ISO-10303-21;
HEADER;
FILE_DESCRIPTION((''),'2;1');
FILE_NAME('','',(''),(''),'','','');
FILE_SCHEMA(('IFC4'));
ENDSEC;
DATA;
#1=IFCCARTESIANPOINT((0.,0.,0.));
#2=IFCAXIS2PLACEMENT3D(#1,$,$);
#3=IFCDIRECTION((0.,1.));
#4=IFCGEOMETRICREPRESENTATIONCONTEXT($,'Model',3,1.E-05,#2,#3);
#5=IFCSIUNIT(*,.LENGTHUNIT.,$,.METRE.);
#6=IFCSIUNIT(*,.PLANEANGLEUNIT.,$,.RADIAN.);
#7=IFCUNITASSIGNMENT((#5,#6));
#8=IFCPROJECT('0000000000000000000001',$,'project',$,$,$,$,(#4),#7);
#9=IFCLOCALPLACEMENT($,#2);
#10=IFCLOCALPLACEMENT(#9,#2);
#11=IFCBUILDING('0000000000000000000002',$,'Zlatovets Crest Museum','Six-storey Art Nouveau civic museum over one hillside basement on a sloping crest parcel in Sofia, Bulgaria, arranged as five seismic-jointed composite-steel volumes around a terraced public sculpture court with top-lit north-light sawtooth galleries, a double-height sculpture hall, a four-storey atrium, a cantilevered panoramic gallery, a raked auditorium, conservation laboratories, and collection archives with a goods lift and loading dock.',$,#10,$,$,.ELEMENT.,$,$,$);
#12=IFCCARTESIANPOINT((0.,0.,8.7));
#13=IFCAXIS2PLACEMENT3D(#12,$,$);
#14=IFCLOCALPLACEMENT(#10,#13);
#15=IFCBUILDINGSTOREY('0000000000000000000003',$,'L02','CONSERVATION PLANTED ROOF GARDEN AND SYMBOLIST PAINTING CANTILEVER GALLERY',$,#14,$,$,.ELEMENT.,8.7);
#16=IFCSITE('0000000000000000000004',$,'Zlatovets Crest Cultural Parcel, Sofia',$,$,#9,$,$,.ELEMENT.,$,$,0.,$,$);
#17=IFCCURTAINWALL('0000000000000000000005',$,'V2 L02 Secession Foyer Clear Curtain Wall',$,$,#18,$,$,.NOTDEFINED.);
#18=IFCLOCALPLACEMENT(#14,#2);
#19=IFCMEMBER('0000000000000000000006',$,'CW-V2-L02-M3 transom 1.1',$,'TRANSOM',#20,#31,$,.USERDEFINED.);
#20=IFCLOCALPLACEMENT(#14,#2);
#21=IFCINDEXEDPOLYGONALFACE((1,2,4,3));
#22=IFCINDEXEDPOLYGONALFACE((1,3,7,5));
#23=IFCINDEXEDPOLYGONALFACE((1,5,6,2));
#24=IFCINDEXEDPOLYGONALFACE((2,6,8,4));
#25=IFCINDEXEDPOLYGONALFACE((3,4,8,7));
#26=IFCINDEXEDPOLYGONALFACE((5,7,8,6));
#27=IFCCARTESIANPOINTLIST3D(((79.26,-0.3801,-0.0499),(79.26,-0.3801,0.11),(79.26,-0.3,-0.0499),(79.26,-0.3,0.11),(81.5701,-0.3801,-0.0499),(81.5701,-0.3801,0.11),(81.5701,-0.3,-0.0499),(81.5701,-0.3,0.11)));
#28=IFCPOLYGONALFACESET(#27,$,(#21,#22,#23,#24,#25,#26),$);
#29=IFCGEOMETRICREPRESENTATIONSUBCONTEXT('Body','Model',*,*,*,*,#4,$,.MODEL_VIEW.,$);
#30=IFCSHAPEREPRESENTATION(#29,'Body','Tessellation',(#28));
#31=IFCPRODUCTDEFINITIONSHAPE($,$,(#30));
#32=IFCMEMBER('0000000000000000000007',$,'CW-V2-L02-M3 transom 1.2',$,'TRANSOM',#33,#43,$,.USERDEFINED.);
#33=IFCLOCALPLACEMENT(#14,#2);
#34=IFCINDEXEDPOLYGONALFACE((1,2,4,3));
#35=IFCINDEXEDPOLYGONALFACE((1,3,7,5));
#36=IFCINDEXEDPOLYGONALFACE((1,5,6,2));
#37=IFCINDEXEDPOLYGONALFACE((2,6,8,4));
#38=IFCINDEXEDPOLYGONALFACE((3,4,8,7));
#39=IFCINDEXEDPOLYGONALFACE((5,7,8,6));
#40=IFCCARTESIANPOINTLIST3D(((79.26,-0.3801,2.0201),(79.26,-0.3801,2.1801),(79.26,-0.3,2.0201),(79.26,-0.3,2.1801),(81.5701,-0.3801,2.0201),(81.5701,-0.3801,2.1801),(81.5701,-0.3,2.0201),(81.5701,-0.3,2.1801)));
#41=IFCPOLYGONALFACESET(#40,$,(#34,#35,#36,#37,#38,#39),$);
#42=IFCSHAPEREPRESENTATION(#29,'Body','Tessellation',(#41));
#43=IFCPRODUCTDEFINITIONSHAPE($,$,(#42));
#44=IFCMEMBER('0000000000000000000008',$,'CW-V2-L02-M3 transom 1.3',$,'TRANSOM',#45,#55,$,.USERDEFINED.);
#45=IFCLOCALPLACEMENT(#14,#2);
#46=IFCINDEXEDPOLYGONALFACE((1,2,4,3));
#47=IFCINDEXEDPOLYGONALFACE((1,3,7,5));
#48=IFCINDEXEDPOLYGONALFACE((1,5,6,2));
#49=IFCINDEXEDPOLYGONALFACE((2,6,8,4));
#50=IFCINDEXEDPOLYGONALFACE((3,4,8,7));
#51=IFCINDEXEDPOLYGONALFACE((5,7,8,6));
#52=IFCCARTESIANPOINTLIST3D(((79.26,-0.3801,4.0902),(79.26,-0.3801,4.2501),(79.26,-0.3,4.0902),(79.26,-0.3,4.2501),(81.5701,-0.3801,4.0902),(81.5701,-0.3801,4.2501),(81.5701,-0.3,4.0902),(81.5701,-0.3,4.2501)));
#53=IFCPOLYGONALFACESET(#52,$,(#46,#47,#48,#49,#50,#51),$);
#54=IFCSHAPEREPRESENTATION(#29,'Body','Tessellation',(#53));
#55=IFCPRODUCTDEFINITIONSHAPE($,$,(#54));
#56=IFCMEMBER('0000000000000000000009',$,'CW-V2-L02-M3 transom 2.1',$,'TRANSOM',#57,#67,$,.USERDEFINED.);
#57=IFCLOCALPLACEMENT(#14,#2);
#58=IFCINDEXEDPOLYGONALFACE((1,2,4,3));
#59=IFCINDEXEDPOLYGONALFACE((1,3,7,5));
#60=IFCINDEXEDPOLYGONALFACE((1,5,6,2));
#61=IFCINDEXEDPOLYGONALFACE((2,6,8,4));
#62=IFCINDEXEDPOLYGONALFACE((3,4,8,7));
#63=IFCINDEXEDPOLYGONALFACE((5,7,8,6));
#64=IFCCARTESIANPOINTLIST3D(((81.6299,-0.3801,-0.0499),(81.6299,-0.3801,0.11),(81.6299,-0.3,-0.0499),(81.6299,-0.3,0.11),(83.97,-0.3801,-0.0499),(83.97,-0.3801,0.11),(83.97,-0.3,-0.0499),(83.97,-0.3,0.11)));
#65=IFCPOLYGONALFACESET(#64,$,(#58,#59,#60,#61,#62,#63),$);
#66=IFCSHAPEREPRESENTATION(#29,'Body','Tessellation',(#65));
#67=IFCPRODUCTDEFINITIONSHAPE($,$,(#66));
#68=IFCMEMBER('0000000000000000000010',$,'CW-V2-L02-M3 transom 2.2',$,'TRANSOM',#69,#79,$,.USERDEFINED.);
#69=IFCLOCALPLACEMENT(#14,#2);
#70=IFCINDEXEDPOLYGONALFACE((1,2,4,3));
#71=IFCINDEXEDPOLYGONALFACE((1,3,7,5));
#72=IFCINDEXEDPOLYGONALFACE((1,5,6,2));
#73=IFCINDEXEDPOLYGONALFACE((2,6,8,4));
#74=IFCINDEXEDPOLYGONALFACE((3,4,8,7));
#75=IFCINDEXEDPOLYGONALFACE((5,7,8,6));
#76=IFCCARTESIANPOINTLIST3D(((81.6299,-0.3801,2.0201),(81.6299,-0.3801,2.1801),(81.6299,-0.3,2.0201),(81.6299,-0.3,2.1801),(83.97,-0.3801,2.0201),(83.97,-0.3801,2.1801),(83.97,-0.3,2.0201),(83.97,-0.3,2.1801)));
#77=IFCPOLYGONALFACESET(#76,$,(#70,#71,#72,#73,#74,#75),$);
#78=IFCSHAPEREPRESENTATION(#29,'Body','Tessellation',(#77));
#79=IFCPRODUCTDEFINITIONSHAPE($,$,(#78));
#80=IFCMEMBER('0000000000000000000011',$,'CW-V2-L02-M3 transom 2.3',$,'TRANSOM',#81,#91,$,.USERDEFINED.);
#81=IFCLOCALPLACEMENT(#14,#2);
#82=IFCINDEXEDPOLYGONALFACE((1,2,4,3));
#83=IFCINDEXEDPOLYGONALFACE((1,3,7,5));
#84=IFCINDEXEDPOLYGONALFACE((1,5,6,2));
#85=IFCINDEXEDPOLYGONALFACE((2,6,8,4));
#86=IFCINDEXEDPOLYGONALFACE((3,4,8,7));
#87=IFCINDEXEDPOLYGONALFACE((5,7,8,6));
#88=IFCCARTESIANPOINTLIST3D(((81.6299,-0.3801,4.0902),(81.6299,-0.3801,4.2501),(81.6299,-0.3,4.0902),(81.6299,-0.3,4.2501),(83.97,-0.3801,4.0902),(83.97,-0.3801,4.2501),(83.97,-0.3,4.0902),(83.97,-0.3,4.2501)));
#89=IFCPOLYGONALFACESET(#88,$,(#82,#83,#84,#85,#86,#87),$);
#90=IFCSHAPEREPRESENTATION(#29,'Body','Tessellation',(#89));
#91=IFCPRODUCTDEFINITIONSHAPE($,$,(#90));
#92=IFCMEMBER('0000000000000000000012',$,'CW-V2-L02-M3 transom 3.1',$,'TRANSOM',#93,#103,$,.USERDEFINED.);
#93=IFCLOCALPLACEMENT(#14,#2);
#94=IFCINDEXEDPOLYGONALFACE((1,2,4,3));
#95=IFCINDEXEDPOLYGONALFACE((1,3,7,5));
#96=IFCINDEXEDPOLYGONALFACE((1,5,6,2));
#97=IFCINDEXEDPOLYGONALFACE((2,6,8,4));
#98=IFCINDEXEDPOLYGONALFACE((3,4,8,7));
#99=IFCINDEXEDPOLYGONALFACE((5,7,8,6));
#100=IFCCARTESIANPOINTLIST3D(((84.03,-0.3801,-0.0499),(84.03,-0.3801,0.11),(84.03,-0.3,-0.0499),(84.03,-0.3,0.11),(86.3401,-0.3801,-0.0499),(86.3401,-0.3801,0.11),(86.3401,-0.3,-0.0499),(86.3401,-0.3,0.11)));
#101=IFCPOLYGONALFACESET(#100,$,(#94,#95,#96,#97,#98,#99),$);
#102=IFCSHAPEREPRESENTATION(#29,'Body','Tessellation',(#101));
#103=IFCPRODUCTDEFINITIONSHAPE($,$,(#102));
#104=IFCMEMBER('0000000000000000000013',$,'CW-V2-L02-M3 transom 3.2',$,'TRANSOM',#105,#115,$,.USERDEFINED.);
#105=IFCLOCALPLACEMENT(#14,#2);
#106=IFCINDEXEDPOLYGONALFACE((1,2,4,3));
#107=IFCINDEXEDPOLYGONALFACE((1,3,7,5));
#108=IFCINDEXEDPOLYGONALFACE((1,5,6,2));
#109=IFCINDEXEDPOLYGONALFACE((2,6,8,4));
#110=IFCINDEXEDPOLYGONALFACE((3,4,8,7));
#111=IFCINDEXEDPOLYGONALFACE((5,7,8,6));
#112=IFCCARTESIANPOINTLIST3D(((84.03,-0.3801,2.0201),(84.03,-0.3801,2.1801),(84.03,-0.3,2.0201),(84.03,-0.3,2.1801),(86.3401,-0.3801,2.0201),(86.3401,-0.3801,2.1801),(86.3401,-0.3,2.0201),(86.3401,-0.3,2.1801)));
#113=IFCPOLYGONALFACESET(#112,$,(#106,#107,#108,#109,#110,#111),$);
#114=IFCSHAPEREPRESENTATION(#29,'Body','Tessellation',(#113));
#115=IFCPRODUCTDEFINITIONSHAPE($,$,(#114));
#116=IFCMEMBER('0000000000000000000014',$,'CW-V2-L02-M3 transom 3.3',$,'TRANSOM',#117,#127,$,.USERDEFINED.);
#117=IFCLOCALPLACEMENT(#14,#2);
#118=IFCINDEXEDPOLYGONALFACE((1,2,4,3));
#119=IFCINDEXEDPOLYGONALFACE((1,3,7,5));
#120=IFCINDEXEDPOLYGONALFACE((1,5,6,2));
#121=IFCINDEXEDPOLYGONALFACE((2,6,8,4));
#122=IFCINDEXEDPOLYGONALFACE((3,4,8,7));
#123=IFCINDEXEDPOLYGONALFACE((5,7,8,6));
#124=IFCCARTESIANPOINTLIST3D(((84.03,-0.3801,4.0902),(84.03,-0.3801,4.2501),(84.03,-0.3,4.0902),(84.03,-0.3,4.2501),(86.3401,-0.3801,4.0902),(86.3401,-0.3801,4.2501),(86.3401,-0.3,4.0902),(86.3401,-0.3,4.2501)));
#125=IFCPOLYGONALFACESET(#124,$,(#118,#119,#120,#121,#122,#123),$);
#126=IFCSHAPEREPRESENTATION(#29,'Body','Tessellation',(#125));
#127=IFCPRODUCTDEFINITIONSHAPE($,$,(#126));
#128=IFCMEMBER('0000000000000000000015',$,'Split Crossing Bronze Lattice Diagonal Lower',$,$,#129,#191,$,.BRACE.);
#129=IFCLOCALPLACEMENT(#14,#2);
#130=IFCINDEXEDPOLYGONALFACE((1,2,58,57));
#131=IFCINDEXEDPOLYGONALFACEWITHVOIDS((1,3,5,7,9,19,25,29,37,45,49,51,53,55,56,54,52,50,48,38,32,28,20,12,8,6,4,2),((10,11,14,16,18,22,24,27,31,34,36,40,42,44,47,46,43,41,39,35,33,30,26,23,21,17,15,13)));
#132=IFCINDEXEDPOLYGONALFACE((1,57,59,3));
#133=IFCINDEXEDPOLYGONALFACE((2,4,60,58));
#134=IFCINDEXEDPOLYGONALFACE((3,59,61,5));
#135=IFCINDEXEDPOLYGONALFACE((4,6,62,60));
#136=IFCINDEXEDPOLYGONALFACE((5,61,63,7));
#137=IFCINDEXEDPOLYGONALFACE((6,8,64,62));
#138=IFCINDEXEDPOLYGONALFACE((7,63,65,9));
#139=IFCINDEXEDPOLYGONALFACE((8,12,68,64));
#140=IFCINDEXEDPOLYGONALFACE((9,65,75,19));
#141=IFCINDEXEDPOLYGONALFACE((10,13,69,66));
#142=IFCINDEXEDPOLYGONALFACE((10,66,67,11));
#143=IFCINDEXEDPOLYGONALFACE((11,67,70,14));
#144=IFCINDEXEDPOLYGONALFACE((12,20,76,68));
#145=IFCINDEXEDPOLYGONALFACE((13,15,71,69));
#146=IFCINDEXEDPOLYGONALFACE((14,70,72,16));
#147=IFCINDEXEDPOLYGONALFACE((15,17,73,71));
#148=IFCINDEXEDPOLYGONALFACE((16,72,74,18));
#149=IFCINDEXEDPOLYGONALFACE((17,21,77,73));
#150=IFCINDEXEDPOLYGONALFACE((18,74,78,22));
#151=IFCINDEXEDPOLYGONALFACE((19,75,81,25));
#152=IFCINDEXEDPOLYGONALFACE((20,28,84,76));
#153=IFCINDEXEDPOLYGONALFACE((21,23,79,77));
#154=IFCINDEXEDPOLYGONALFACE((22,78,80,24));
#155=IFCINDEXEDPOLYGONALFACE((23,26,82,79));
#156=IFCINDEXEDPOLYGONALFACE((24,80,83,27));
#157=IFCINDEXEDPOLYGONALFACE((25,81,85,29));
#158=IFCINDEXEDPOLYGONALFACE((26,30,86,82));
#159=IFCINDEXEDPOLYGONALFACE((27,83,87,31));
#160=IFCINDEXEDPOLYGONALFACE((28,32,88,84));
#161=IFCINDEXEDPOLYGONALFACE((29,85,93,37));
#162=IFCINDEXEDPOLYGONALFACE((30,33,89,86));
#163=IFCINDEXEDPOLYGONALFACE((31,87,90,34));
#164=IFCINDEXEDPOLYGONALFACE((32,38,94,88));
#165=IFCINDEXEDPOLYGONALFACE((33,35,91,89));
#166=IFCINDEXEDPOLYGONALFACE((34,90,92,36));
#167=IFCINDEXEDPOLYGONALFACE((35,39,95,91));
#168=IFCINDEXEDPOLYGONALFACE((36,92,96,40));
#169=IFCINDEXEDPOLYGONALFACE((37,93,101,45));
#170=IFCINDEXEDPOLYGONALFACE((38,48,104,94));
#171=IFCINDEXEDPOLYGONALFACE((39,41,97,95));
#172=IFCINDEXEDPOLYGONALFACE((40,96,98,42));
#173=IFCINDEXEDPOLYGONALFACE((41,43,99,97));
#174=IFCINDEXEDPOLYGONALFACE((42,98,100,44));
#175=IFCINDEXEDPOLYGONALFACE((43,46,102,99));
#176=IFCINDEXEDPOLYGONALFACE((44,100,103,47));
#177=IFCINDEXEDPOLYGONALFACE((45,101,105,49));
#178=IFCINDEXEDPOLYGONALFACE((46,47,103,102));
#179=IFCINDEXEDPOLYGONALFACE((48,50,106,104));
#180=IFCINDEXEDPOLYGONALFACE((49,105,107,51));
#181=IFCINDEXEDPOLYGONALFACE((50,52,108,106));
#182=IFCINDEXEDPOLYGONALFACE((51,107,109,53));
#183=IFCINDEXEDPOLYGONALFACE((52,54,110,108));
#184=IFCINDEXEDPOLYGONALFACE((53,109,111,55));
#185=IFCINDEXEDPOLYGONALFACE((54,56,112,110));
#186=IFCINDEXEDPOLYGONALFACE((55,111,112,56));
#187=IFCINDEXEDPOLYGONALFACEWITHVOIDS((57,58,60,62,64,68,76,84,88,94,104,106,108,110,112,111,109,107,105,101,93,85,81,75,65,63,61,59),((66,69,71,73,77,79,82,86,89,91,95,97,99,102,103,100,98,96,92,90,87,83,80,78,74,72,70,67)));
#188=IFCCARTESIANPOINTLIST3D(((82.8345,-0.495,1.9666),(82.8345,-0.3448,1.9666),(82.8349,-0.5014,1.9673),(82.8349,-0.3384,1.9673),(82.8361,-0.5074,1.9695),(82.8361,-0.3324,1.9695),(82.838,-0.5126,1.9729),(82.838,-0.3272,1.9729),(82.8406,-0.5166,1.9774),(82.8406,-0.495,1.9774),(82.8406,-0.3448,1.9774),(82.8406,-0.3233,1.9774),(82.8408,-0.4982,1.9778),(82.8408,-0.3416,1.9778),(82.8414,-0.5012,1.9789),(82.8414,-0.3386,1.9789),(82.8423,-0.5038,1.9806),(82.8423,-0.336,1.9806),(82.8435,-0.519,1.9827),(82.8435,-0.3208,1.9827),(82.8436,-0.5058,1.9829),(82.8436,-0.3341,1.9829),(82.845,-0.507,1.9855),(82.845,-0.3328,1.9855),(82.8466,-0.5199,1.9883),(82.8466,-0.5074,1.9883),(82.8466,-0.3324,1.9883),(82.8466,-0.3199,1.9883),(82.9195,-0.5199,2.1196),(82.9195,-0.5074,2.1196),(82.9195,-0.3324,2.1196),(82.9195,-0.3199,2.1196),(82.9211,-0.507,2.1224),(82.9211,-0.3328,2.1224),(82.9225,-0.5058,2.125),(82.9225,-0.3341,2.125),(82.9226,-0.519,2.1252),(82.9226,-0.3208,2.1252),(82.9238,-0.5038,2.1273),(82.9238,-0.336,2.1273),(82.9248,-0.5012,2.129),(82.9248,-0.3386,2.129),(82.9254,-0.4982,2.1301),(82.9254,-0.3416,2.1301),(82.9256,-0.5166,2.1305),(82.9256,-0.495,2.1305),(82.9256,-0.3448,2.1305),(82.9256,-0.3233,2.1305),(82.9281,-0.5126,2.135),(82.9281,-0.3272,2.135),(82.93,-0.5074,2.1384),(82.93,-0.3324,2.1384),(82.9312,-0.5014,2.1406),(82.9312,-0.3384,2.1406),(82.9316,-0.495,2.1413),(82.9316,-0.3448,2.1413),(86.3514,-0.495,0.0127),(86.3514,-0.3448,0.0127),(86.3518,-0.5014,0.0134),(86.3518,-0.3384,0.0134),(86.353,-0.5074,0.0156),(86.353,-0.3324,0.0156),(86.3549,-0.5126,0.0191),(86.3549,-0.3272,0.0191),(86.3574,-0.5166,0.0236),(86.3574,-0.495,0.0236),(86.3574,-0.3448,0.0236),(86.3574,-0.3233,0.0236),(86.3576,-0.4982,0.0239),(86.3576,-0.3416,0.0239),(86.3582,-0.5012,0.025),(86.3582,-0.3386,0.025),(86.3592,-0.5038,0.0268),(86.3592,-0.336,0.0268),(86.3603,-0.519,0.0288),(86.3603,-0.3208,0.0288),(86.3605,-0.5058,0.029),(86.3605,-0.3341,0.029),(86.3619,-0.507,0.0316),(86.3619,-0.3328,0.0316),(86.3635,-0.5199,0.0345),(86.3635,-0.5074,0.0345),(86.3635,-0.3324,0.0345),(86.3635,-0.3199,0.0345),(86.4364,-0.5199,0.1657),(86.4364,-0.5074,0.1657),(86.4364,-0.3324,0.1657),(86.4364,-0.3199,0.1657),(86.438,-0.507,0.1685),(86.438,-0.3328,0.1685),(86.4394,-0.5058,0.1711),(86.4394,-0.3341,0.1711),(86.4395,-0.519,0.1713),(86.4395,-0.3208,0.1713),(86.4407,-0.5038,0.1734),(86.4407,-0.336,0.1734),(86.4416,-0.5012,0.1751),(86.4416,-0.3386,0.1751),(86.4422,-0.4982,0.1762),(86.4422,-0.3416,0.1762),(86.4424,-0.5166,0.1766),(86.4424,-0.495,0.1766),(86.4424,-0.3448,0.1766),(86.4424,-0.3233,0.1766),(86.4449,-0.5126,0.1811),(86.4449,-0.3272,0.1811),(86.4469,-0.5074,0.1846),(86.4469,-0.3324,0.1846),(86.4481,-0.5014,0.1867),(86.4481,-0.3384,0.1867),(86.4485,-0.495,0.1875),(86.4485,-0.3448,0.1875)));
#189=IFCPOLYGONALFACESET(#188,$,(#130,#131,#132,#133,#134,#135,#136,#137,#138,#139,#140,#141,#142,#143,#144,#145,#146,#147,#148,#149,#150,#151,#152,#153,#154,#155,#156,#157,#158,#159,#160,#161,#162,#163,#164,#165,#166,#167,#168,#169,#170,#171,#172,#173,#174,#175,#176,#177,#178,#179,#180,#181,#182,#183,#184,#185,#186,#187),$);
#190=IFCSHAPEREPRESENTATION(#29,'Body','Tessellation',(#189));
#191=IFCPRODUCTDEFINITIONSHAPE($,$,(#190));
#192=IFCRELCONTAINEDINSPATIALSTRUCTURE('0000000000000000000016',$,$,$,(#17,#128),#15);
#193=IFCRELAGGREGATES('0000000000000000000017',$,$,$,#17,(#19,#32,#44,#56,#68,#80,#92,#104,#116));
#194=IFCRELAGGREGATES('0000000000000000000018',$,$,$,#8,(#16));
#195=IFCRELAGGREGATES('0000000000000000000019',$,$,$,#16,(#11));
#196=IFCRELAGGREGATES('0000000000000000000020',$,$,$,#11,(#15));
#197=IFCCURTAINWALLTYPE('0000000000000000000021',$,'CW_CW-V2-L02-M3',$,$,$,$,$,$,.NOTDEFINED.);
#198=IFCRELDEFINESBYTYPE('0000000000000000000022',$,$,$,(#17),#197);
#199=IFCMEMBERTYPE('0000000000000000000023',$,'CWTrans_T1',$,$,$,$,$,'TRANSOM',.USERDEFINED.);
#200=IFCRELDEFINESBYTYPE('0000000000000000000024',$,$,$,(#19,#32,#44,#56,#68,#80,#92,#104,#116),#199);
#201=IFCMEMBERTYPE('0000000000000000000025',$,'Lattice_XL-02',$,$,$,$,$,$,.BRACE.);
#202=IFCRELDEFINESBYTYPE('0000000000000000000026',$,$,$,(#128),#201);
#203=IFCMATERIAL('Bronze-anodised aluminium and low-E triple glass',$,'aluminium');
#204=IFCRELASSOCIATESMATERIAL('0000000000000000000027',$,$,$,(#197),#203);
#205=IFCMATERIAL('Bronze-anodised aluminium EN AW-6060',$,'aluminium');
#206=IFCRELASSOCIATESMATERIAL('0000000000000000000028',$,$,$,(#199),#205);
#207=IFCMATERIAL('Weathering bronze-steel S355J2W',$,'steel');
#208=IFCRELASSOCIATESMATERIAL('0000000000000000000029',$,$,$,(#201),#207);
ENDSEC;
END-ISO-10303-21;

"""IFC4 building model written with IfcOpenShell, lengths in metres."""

from ifc_helpers import new_model, si_unit, direction, frame, origin, origin_2d, place, context, subcontext, project, spatial, rectangle, hollow_rectangle, extrude, material, material_profile, profile_set, type_object, element, aggregate, save


model = new_model("IFC4")

# Units and contexts
model_context = context("Model", 3, precision=1e-05, world=origin(), true_north=direction((0.0, 1.0)))
body_context = subcontext(model_context, "Body", "Model", "MODEL_VIEW")
ifc_project = project(units=[si_unit("LENGTHUNIT", "METRE"), si_unit("PLANEANGLEUNIT", "RADIAN")], contexts=[model_context])

# Site, building, storey
site_placement = place(None, origin())
site = spatial("IfcSite", under=ifc_project, at=site_placement, Name="Zlatovets Crest Cultural Parcel, Sofia", CompositionType="ELEMENT", RefElevation=0.0)
building_placement = place(site_placement, origin())
building = spatial("IfcBuilding", under=site, at=building_placement, Name="Zlatovets Crest Museum", Description="Six-storey Art Nouveau civic museum over one hillside basement on a sloping crest parcel in Sofia, Bulgaria, arranged as five seismic-jointed composite-steel volumes around a terraced public sculpture court with top-lit north-light sawtooth galleries, a double-height sculpture hall, a four-storey atrium, a cantilevered panoramic gallery, a raked auditorium, conservation laboratories, and collection archives with a goods lift and loading dock.", CompositionType="ELEMENT")
storey_placement = place(building_placement, frame((0.0, 0.0, 8.7)))
storey = spatial("IfcBuildingStorey", under=building, at=storey_placement, Name="L02", Description="CONSERVATION PLANTED ROOF GARDEN AND SYMBOLIST PAINTING CANTILEVER GALLERY", CompositionType="ELEMENT", Elevation=8.7)

# Curtain wall, members
ifc_material_1 = material(Name="Bronze-anodised aluminium and low-E triple glass", Category="aluminium")
curtain_wall_type = type_object("IfcCurtainWallType", Name="CW_CW-V2-L02-M3", PredefinedType="NOTDEFINED", material=ifc_material_1)
curtain_wall_placement = place(storey_placement, origin())
curtain_wall = element("IfcCurtainWall", 1, at=curtain_wall_placement, inside=storey, type_object=curtain_wall_type, Name="V2 L02 Secession Foyer Clear Curtain Wall", PredefinedType="NOTDEFINED")
ifc_material_2 = material(Name="Bronze-anodised aluminium EN AW-6060", Category="aluminium")
ifc_material_profile_1 = material_profile(ifc_material_2, rectangle(XDim=0.0801, YDim=0.1599, at=origin_2d()), Name="ALU 80x160")
ifc_profile_set_1 = profile_set([ifc_material_profile_1], Name="Bronze-anodised aluminium EN AW-6060")
member_type_1 = type_object("IfcMemberType", Name="CWTrans_T1", ElementType="TRANSOM", PredefinedType="USERDEFINED", material=ifc_profile_set_1)
member_1_placement = place(storey_placement, frame((79.26, -0.3401, 0.03), z_axis=(1.0, 0.0, 0.0), x_axis=(0.0, 1.0, 0.0)))
member_1 = element("IfcMember", 2, at=member_1_placement, type_object=member_type_1, Name="CW-V2-L02-M3 transom 1.1", ObjectType="TRANSOM", PredefinedType="USERDEFINED", context=body_context, shape_type="SweptSolid", body=[
    extrude(rectangle(XDim=0.0801, YDim=0.1599, at=origin_2d()), origin(), (0.0, 0.0, 1.0), 2.3101),
])
member_2_placement = place(storey_placement, frame((79.26, -0.3401, 2.1001), z_axis=(1.0, 0.0, 0.0), x_axis=(0.0, 1.0, 0.0)))
member_2 = element("IfcMember", 3, at=member_2_placement, type_object=member_type_1, Name="CW-V2-L02-M3 transom 1.2", ObjectType="TRANSOM", PredefinedType="USERDEFINED", context=body_context, shape_type="SweptSolid", body=[
    extrude(rectangle(XDim=0.0801, YDim=0.1599, at=origin_2d()), origin(), (0.0, 0.0, 1.0), 2.3101),
])
member_3_placement = place(storey_placement, frame((79.26, -0.3401, 4.1702), z_axis=(1.0, 0.0, 0.0), x_axis=(0.0, 1.0, 0.0)))
member_3 = element("IfcMember", 4, at=member_3_placement, type_object=member_type_1, Name="CW-V2-L02-M3 transom 1.3", ObjectType="TRANSOM", PredefinedType="USERDEFINED", context=body_context, shape_type="SweptSolid", body=[
    extrude(rectangle(XDim=0.0801, YDim=0.1599, at=origin_2d()), origin(), (0.0, 0.0, 1.0), 2.3101),
])
member_4_placement = place(storey_placement, frame((81.6299, -0.3401, 0.03), z_axis=(1.0, 0.0, 0.0), x_axis=(0.0, 1.0, 0.0)))
member_4 = element("IfcMember", 5, at=member_4_placement, type_object=member_type_1, Name="CW-V2-L02-M3 transom 2.1", ObjectType="TRANSOM", PredefinedType="USERDEFINED", context=body_context, shape_type="SweptSolid", body=[
    extrude(rectangle(XDim=0.0801, YDim=0.1599, at=origin_2d()), origin(), (0.0, 0.0, 1.0), 2.3401),
])
member_5_placement = place(storey_placement, frame((81.6299, -0.3401, 2.1001), z_axis=(1.0, 0.0, 0.0), x_axis=(0.0, 1.0, 0.0)))
member_5 = element("IfcMember", 6, at=member_5_placement, type_object=member_type_1, Name="CW-V2-L02-M3 transom 2.2", ObjectType="TRANSOM", PredefinedType="USERDEFINED", context=body_context, shape_type="SweptSolid", body=[
    extrude(rectangle(XDim=0.0801, YDim=0.1599, at=origin_2d()), origin(), (0.0, 0.0, 1.0), 2.3401),
])
member_6_placement = place(storey_placement, frame((81.6299, -0.3401, 4.1702), z_axis=(1.0, 0.0, 0.0), x_axis=(0.0, 1.0, 0.0)))
member_6 = element("IfcMember", 7, at=member_6_placement, type_object=member_type_1, Name="CW-V2-L02-M3 transom 2.3", ObjectType="TRANSOM", PredefinedType="USERDEFINED", context=body_context, shape_type="SweptSolid", body=[
    extrude(rectangle(XDim=0.0801, YDim=0.1599, at=origin_2d()), origin(), (0.0, 0.0, 1.0), 2.3401),
])
member_7_placement = place(storey_placement, frame((84.03, -0.3401, 0.03), z_axis=(1.0, 0.0, 0.0), x_axis=(0.0, 1.0, 0.0)))
member_7 = element("IfcMember", 8, at=member_7_placement, type_object=member_type_1, Name="CW-V2-L02-M3 transom 3.1", ObjectType="TRANSOM", PredefinedType="USERDEFINED", context=body_context, shape_type="SweptSolid", body=[
    extrude(rectangle(XDim=0.0801, YDim=0.1599, at=origin_2d()), origin(), (0.0, 0.0, 1.0), 2.3101),
])
member_8_placement = place(storey_placement, frame((84.03, -0.3401, 2.1001), z_axis=(1.0, 0.0, 0.0), x_axis=(0.0, 1.0, 0.0)))
member_8 = element("IfcMember", 9, at=member_8_placement, type_object=member_type_1, Name="CW-V2-L02-M3 transom 3.2", ObjectType="TRANSOM", PredefinedType="USERDEFINED", context=body_context, shape_type="SweptSolid", body=[
    extrude(rectangle(XDim=0.0801, YDim=0.1599, at=origin_2d()), origin(), (0.0, 0.0, 1.0), 2.3101),
])
member_9_placement = place(storey_placement, frame((84.03, -0.3401, 4.1702), z_axis=(1.0, 0.0, 0.0), x_axis=(0.0, 1.0, 0.0)))
member_9 = element("IfcMember", 10, at=member_9_placement, type_object=member_type_1, Name="CW-V2-L02-M3 transom 3.3", ObjectType="TRANSOM", PredefinedType="USERDEFINED", context=body_context, shape_type="SweptSolid", body=[
    extrude(rectangle(XDim=0.0801, YDim=0.1599, at=origin_2d()), origin(), (0.0, 0.0, 1.0), 2.3101),
])

# Member
ifc_material_3 = material(Name="Weathering bronze-steel S355J2W", Category="steel")
ifc_material_profile_2 = material_profile(ifc_material_3, hollow_rectangle(XDim=0.2, YDim=0.2, WallThickness=0.0125, InnerFilletRadius=0.0125, OuterFilletRadius=0.0249, at=origin_2d()), Name="SHS 200x200x12.5")
ifc_profile_set_2 = profile_set([ifc_material_profile_2], Name="Weathering bronze-steel S355J2W")
member_type_2 = type_object("IfcMemberType", Name="Lattice_XL-02", PredefinedType="BRACE", material=ifc_profile_set_2)
member_10_placement = place(storey_placement, frame((82.8831, -0.4199, 2.054), z_axis=(0.874152, 0.0, -0.485653), x_axis=(0.0, 1.0, 0.0)))
element("IfcMember", 11, at=member_10_placement, inside=storey, type_object=member_type_2, Name="Split Crossing Bronze Lattice Diagonal Lower", PredefinedType="BRACE", context=body_context, shape_type="SweptSolid", body=[
    extrude(hollow_rectangle(XDim=0.2, YDim=0.2, WallThickness=0.0125, InnerFilletRadius=0.0125, OuterFilletRadius=0.0249, at=origin_2d()), origin(), (0.0, 0.0, 1.0), 4.0232),
])

aggregate(curtain_wall, [member_1, member_2, member_3, member_4, member_5, member_6, member_7, member_8, member_9])

save(model, "model.ifc")
